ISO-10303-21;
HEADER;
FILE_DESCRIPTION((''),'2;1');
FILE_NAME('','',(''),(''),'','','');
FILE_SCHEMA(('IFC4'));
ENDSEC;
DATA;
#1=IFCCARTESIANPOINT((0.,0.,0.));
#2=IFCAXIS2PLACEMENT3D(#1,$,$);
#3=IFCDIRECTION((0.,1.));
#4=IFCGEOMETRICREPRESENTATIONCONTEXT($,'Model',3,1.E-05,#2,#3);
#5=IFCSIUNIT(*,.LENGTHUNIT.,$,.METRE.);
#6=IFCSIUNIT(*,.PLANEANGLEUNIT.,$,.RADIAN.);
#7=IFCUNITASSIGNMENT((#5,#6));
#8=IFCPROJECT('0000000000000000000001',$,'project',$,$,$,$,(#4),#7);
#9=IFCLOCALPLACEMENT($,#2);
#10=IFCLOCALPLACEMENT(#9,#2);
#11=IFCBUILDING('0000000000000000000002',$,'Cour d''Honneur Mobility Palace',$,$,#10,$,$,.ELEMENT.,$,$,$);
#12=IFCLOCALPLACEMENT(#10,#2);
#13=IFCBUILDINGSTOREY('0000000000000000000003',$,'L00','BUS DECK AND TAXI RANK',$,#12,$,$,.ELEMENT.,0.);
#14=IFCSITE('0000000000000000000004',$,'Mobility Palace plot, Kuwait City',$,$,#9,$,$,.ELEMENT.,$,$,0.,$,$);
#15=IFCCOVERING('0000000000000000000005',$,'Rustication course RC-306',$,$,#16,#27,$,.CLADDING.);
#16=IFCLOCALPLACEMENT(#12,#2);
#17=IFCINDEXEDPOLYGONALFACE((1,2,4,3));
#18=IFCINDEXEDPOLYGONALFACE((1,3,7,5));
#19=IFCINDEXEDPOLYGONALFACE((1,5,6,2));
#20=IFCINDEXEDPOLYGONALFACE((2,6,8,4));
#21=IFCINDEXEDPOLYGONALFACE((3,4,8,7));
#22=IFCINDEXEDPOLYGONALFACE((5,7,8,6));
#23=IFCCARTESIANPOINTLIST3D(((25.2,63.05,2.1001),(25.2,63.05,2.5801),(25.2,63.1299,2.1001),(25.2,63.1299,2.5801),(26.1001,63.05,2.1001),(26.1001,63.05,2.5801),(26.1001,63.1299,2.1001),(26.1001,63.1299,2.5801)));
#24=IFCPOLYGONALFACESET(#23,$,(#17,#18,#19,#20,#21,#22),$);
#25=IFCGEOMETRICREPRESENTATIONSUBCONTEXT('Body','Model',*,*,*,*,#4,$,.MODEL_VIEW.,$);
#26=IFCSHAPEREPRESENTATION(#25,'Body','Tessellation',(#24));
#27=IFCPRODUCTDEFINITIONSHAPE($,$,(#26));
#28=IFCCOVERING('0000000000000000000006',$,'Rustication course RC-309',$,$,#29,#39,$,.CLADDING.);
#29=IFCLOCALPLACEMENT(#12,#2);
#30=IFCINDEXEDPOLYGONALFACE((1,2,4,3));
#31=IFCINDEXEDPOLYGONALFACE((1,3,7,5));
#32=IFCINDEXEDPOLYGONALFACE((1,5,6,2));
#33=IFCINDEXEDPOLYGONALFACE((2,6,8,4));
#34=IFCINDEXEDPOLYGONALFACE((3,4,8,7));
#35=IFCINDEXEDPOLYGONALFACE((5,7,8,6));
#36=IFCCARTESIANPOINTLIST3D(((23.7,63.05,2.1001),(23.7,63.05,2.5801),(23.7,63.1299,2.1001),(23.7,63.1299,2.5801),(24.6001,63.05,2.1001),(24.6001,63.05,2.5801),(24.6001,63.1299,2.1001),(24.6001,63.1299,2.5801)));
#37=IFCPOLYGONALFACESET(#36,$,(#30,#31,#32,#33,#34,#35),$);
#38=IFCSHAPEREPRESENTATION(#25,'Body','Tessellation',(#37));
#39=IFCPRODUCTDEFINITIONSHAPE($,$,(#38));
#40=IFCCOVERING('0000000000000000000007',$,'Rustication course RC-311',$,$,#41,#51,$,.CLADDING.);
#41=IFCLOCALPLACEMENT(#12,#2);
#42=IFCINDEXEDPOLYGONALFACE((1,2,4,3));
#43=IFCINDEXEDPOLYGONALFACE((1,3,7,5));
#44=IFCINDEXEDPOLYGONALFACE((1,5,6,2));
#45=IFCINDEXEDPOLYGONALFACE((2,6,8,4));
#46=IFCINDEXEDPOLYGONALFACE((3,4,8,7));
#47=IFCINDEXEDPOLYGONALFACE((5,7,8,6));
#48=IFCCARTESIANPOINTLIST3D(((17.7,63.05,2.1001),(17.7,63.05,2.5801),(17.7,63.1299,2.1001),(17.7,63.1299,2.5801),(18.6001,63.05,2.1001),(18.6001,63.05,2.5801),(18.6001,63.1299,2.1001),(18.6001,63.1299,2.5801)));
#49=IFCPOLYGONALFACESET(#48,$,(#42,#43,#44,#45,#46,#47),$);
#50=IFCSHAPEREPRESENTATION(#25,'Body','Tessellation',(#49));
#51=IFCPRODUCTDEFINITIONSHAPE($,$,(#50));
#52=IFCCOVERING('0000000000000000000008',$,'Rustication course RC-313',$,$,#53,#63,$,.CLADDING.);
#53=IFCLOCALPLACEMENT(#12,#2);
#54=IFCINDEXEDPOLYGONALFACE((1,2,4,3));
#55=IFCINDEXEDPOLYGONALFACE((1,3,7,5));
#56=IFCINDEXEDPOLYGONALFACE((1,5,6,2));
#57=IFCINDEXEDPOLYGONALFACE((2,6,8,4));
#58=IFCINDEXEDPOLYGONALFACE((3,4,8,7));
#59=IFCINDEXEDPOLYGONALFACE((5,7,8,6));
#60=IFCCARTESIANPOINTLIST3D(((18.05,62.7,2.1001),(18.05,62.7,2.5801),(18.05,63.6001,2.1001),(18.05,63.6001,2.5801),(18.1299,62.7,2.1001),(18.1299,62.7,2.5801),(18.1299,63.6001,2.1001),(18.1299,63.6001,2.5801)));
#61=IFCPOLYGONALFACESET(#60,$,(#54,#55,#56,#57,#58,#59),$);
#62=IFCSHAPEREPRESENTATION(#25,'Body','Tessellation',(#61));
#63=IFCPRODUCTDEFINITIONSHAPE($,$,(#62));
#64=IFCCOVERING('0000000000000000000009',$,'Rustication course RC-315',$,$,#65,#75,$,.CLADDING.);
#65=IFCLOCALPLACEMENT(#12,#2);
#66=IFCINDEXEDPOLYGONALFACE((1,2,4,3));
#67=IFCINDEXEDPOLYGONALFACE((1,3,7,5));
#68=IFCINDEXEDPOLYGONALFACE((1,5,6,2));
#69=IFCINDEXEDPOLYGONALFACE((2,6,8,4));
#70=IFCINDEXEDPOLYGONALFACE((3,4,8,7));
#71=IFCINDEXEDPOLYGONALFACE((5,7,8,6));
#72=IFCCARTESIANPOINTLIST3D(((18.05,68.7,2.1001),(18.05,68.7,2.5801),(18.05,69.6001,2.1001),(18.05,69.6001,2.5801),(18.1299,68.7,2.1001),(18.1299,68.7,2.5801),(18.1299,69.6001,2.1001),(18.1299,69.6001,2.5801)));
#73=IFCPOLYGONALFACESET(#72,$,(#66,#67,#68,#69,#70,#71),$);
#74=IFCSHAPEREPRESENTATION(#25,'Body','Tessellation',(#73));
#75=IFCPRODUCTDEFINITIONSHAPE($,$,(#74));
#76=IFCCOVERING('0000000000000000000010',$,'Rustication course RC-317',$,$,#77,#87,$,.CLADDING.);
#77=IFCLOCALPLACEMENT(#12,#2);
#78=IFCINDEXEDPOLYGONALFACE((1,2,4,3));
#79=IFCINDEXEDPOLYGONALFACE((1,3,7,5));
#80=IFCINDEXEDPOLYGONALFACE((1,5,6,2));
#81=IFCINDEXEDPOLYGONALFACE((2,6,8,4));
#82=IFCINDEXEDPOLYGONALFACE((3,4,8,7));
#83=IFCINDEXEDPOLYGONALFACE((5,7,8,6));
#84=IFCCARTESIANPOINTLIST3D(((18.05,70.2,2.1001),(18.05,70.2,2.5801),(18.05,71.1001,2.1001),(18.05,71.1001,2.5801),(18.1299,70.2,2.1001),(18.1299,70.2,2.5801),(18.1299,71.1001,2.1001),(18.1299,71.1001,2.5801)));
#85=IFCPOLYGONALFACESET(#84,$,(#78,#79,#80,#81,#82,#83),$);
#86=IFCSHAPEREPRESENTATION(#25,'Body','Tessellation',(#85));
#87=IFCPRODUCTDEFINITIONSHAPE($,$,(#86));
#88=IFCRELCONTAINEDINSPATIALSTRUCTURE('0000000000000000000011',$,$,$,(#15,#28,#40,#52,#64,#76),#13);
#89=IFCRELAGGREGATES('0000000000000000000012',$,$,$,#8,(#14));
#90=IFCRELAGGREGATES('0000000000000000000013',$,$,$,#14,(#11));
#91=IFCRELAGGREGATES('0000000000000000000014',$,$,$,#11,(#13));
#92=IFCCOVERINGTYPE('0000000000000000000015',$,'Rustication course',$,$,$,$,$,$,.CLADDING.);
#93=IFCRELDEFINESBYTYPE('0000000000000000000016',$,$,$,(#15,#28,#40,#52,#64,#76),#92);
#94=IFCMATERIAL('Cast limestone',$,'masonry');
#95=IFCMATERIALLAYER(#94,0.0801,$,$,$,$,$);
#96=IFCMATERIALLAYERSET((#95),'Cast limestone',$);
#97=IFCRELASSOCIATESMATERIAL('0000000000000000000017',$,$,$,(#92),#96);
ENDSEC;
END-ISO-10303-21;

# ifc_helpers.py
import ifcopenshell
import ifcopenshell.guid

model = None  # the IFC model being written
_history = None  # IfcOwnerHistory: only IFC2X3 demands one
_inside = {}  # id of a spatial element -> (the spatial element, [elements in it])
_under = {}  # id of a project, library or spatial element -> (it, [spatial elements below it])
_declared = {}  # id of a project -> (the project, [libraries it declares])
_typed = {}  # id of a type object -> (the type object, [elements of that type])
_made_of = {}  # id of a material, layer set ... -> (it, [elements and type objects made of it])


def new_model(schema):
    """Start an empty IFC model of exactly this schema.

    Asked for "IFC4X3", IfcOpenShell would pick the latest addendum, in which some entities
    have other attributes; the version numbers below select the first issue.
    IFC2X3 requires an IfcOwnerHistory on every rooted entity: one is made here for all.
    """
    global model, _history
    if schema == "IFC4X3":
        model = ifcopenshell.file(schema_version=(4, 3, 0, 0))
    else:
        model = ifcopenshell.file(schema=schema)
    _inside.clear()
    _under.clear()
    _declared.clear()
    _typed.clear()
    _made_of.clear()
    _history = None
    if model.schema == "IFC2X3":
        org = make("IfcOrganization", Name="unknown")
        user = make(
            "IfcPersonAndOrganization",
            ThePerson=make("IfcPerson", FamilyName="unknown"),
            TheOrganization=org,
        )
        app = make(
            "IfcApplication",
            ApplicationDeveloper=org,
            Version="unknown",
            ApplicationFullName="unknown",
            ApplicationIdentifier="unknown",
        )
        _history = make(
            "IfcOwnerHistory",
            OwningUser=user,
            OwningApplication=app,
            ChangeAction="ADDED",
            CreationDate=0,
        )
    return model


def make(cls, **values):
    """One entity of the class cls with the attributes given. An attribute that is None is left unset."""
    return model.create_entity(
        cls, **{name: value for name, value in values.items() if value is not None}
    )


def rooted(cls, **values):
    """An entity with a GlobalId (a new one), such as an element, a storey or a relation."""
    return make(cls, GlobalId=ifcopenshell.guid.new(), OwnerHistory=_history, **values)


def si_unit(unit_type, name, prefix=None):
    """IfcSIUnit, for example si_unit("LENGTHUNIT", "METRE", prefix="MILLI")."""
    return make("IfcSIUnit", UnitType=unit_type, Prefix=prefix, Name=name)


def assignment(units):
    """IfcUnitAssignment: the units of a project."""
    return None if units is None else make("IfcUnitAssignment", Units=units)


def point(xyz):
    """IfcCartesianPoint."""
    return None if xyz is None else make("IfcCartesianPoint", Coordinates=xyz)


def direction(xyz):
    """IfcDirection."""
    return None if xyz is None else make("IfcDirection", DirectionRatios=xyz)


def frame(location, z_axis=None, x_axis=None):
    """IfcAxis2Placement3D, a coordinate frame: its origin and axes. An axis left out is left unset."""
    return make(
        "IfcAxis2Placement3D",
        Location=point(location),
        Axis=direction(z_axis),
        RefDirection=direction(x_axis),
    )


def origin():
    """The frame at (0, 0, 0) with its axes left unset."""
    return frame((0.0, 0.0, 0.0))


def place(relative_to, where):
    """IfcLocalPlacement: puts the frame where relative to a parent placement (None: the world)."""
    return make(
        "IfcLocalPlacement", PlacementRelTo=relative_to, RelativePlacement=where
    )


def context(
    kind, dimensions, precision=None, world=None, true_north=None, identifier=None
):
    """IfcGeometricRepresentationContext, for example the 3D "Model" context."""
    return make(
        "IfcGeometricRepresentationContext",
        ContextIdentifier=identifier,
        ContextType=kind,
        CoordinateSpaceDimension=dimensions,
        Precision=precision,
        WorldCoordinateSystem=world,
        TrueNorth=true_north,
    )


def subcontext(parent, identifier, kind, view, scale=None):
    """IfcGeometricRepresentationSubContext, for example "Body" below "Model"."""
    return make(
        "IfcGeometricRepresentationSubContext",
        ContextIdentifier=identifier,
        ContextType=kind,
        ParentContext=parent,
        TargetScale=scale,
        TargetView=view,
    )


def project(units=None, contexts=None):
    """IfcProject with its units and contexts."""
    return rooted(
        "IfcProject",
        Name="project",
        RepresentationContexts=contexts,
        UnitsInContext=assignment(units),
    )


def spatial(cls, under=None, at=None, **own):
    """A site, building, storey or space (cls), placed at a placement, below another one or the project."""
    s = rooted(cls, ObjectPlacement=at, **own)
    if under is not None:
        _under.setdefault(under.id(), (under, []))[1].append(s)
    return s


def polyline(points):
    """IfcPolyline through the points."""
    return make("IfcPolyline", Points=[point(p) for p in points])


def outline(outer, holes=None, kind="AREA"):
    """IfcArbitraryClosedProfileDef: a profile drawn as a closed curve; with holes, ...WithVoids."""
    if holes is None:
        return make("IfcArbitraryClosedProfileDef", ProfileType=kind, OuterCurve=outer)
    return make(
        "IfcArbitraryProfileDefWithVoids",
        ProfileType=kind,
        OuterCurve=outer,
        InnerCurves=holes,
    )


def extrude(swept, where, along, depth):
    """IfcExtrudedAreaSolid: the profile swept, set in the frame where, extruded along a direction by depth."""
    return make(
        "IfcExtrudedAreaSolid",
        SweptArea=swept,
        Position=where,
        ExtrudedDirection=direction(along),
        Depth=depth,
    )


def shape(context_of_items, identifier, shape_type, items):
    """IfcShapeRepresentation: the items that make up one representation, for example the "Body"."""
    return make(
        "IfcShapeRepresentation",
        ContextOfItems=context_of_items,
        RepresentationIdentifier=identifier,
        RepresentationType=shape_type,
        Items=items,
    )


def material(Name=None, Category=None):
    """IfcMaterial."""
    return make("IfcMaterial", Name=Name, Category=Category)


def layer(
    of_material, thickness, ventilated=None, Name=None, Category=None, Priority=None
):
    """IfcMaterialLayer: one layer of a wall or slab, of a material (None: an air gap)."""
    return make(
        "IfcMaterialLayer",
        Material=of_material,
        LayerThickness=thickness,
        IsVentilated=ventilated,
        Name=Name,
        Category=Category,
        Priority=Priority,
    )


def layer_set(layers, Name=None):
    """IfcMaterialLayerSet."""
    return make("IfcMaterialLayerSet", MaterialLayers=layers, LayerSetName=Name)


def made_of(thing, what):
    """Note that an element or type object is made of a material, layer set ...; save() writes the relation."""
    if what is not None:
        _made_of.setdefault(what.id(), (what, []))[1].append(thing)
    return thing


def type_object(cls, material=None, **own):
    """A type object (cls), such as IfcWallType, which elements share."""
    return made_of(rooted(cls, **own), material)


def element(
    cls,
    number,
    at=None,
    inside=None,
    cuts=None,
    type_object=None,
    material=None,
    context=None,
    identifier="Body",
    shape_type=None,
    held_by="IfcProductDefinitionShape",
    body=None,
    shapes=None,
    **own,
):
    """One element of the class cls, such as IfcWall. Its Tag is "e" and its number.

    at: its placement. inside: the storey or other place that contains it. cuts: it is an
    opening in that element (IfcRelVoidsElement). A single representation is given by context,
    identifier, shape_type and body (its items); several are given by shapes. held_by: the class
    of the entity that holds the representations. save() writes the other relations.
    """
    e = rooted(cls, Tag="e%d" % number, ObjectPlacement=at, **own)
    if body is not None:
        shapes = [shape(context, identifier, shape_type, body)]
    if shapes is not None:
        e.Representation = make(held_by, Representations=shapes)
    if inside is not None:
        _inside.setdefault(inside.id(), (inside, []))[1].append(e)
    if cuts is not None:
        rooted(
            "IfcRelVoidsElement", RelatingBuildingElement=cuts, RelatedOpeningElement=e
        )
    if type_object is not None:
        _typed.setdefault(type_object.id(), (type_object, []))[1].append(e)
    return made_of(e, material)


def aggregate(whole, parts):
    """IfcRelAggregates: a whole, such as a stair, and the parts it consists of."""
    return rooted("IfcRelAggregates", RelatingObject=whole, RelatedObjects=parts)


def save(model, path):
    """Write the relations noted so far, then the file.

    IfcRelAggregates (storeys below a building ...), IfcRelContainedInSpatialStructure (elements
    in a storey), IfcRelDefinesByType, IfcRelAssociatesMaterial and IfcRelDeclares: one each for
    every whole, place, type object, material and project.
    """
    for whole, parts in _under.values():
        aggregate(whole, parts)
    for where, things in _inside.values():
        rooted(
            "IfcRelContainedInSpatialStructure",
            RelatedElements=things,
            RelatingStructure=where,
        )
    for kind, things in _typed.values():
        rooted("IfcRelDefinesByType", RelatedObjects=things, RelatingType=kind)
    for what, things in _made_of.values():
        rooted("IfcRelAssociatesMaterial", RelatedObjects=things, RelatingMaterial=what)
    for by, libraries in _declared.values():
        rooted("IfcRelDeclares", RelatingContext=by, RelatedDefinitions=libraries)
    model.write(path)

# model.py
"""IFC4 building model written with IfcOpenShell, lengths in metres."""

from ifc_helpers import new_model, si_unit, direction, frame, origin, place, context, subcontext, project, spatial, polyline, outline, extrude, material, layer, layer_set, type_object, element, save


model = new_model("IFC4")

# Units and contexts
model_context = context("Model", 3, precision=1e-05, world=origin(), true_north=direction((0.0, 1.0)))
body_context = subcontext(model_context, "Body", "Model", "MODEL_VIEW")
ifc_project = project(units=[si_unit("LENGTHUNIT", "METRE"), si_unit("PLANEANGLEUNIT", "RADIAN")], contexts=[model_context])

# Site, building, storey
site_placement = place(None, origin())
site = spatial("IfcSite", under=ifc_project, at=site_placement, Name="Mobility Palace plot, Kuwait City", CompositionType="ELEMENT", RefElevation=0.0)
building_placement = place(site_placement, origin())
building = spatial("IfcBuilding", under=site, at=building_placement, Name="Cour d'Honneur Mobility Palace", CompositionType="ELEMENT")
storey_placement = place(building_placement, origin())
storey = spatial("IfcBuildingStorey", under=building, at=storey_placement, Name="L00", Description="BUS DECK AND TAXI RANK", CompositionType="ELEMENT", Elevation=0.0)

# Coverings
ifc_material = material(Name="Cast limestone", Category="masonry")
ifc_layer = layer(ifc_material, 0.0801)
ifc_layer_set = layer_set([ifc_layer], Name="Cast limestone")
covering_type = type_object("IfcCoveringType", Name="Rustication course", PredefinedType="CLADDING", material=ifc_layer_set)
covering_1_placement = place(storey_placement, frame((0.0, 0.0, 2.1001)))
element("IfcCovering", 1, at=covering_1_placement, inside=storey, type_object=covering_type, Name="Rustication course RC-306", PredefinedType="CLADDING", context=body_context, shape_type="SweptSolid", body=[
    extrude(outline(polyline([(26.1001, 63.05), (25.2, 63.05), (25.2, 63.1299), (26.1001, 63.1299), (26.1001, 63.05)])), origin(), (0.0, 0.0, 1.0), 0.48),
])
covering_2_placement = place(storey_placement, frame((0.0, 0.0, 2.1001)))
element("IfcCovering", 2, at=covering_2_placement, inside=storey, type_object=covering_type, Name="Rustication course RC-309", PredefinedType="CLADDING", context=body_context, shape_type="SweptSolid", body=[
    extrude(outline(polyline([(24.6001, 63.05), (23.7, 63.05), (23.7, 63.1299), (24.6001, 63.1299), (24.6001, 63.05)])), origin(), (0.0, 0.0, 1.0), 0.48),
])
covering_3_placement = place(storey_placement, frame((0.0, 0.0, 2.1001)))
element("IfcCovering", 3, at=covering_3_placement, inside=storey, type_object=covering_type, Name="Rustication course RC-311", PredefinedType="CLADDING", context=body_context, shape_type="SweptSolid", body=[
    extrude(outline(polyline([(18.6001, 63.05), (17.7, 63.05), (17.7, 63.1299), (18.6001, 63.1299), (18.6001, 63.05)])), origin(), (0.0, 0.0, 1.0), 0.48),
])
covering_4_placement = place(storey_placement, frame((0.0, 0.0, 2.1001)))
element("IfcCovering", 4, at=covering_4_placement, inside=storey, type_object=covering_type, Name="Rustication course RC-313", PredefinedType="CLADDING", context=body_context, shape_type="SweptSolid", body=[
    extrude(outline(polyline([(18.05, 62.7), (18.05, 63.6001), (18.1299, 63.6001), (18.1299, 62.7), (18.05, 62.7)])), origin(), (0.0, 0.0, 1.0), 0.48),
])
covering_5_placement = place(storey_placement, frame((0.0, 0.0, 2.1001)))
element("IfcCovering", 5, at=covering_5_placement, inside=storey, type_object=covering_type, Name="Rustication course RC-315", PredefinedType="CLADDING", context=body_context, shape_type="SweptSolid", body=[
    extrude(outline(polyline([(18.05, 68.7), (18.05, 69.6001), (18.1299, 69.6001), (18.1299, 68.7), (18.05, 68.7)])), origin(), (0.0, 0.0, 1.0), 0.48),
])
covering_6_placement = place(storey_placement, frame((0.0, 0.0, 2.1001)))
element("IfcCovering", 6, at=covering_6_placement, inside=storey, type_object=covering_type, Name="Rustication course RC-317", PredefinedType="CLADDING", context=body_context, shape_type="SweptSolid", body=[
    extrude(outline(polyline([(18.05, 70.2), (18.05, 71.1001), (18.1299, 71.1001), (18.1299, 70.2), (18.05, 70.2)])), origin(), (0.0, 0.0, 1.0), 0.48),
])

save(model, "model.ifc")
